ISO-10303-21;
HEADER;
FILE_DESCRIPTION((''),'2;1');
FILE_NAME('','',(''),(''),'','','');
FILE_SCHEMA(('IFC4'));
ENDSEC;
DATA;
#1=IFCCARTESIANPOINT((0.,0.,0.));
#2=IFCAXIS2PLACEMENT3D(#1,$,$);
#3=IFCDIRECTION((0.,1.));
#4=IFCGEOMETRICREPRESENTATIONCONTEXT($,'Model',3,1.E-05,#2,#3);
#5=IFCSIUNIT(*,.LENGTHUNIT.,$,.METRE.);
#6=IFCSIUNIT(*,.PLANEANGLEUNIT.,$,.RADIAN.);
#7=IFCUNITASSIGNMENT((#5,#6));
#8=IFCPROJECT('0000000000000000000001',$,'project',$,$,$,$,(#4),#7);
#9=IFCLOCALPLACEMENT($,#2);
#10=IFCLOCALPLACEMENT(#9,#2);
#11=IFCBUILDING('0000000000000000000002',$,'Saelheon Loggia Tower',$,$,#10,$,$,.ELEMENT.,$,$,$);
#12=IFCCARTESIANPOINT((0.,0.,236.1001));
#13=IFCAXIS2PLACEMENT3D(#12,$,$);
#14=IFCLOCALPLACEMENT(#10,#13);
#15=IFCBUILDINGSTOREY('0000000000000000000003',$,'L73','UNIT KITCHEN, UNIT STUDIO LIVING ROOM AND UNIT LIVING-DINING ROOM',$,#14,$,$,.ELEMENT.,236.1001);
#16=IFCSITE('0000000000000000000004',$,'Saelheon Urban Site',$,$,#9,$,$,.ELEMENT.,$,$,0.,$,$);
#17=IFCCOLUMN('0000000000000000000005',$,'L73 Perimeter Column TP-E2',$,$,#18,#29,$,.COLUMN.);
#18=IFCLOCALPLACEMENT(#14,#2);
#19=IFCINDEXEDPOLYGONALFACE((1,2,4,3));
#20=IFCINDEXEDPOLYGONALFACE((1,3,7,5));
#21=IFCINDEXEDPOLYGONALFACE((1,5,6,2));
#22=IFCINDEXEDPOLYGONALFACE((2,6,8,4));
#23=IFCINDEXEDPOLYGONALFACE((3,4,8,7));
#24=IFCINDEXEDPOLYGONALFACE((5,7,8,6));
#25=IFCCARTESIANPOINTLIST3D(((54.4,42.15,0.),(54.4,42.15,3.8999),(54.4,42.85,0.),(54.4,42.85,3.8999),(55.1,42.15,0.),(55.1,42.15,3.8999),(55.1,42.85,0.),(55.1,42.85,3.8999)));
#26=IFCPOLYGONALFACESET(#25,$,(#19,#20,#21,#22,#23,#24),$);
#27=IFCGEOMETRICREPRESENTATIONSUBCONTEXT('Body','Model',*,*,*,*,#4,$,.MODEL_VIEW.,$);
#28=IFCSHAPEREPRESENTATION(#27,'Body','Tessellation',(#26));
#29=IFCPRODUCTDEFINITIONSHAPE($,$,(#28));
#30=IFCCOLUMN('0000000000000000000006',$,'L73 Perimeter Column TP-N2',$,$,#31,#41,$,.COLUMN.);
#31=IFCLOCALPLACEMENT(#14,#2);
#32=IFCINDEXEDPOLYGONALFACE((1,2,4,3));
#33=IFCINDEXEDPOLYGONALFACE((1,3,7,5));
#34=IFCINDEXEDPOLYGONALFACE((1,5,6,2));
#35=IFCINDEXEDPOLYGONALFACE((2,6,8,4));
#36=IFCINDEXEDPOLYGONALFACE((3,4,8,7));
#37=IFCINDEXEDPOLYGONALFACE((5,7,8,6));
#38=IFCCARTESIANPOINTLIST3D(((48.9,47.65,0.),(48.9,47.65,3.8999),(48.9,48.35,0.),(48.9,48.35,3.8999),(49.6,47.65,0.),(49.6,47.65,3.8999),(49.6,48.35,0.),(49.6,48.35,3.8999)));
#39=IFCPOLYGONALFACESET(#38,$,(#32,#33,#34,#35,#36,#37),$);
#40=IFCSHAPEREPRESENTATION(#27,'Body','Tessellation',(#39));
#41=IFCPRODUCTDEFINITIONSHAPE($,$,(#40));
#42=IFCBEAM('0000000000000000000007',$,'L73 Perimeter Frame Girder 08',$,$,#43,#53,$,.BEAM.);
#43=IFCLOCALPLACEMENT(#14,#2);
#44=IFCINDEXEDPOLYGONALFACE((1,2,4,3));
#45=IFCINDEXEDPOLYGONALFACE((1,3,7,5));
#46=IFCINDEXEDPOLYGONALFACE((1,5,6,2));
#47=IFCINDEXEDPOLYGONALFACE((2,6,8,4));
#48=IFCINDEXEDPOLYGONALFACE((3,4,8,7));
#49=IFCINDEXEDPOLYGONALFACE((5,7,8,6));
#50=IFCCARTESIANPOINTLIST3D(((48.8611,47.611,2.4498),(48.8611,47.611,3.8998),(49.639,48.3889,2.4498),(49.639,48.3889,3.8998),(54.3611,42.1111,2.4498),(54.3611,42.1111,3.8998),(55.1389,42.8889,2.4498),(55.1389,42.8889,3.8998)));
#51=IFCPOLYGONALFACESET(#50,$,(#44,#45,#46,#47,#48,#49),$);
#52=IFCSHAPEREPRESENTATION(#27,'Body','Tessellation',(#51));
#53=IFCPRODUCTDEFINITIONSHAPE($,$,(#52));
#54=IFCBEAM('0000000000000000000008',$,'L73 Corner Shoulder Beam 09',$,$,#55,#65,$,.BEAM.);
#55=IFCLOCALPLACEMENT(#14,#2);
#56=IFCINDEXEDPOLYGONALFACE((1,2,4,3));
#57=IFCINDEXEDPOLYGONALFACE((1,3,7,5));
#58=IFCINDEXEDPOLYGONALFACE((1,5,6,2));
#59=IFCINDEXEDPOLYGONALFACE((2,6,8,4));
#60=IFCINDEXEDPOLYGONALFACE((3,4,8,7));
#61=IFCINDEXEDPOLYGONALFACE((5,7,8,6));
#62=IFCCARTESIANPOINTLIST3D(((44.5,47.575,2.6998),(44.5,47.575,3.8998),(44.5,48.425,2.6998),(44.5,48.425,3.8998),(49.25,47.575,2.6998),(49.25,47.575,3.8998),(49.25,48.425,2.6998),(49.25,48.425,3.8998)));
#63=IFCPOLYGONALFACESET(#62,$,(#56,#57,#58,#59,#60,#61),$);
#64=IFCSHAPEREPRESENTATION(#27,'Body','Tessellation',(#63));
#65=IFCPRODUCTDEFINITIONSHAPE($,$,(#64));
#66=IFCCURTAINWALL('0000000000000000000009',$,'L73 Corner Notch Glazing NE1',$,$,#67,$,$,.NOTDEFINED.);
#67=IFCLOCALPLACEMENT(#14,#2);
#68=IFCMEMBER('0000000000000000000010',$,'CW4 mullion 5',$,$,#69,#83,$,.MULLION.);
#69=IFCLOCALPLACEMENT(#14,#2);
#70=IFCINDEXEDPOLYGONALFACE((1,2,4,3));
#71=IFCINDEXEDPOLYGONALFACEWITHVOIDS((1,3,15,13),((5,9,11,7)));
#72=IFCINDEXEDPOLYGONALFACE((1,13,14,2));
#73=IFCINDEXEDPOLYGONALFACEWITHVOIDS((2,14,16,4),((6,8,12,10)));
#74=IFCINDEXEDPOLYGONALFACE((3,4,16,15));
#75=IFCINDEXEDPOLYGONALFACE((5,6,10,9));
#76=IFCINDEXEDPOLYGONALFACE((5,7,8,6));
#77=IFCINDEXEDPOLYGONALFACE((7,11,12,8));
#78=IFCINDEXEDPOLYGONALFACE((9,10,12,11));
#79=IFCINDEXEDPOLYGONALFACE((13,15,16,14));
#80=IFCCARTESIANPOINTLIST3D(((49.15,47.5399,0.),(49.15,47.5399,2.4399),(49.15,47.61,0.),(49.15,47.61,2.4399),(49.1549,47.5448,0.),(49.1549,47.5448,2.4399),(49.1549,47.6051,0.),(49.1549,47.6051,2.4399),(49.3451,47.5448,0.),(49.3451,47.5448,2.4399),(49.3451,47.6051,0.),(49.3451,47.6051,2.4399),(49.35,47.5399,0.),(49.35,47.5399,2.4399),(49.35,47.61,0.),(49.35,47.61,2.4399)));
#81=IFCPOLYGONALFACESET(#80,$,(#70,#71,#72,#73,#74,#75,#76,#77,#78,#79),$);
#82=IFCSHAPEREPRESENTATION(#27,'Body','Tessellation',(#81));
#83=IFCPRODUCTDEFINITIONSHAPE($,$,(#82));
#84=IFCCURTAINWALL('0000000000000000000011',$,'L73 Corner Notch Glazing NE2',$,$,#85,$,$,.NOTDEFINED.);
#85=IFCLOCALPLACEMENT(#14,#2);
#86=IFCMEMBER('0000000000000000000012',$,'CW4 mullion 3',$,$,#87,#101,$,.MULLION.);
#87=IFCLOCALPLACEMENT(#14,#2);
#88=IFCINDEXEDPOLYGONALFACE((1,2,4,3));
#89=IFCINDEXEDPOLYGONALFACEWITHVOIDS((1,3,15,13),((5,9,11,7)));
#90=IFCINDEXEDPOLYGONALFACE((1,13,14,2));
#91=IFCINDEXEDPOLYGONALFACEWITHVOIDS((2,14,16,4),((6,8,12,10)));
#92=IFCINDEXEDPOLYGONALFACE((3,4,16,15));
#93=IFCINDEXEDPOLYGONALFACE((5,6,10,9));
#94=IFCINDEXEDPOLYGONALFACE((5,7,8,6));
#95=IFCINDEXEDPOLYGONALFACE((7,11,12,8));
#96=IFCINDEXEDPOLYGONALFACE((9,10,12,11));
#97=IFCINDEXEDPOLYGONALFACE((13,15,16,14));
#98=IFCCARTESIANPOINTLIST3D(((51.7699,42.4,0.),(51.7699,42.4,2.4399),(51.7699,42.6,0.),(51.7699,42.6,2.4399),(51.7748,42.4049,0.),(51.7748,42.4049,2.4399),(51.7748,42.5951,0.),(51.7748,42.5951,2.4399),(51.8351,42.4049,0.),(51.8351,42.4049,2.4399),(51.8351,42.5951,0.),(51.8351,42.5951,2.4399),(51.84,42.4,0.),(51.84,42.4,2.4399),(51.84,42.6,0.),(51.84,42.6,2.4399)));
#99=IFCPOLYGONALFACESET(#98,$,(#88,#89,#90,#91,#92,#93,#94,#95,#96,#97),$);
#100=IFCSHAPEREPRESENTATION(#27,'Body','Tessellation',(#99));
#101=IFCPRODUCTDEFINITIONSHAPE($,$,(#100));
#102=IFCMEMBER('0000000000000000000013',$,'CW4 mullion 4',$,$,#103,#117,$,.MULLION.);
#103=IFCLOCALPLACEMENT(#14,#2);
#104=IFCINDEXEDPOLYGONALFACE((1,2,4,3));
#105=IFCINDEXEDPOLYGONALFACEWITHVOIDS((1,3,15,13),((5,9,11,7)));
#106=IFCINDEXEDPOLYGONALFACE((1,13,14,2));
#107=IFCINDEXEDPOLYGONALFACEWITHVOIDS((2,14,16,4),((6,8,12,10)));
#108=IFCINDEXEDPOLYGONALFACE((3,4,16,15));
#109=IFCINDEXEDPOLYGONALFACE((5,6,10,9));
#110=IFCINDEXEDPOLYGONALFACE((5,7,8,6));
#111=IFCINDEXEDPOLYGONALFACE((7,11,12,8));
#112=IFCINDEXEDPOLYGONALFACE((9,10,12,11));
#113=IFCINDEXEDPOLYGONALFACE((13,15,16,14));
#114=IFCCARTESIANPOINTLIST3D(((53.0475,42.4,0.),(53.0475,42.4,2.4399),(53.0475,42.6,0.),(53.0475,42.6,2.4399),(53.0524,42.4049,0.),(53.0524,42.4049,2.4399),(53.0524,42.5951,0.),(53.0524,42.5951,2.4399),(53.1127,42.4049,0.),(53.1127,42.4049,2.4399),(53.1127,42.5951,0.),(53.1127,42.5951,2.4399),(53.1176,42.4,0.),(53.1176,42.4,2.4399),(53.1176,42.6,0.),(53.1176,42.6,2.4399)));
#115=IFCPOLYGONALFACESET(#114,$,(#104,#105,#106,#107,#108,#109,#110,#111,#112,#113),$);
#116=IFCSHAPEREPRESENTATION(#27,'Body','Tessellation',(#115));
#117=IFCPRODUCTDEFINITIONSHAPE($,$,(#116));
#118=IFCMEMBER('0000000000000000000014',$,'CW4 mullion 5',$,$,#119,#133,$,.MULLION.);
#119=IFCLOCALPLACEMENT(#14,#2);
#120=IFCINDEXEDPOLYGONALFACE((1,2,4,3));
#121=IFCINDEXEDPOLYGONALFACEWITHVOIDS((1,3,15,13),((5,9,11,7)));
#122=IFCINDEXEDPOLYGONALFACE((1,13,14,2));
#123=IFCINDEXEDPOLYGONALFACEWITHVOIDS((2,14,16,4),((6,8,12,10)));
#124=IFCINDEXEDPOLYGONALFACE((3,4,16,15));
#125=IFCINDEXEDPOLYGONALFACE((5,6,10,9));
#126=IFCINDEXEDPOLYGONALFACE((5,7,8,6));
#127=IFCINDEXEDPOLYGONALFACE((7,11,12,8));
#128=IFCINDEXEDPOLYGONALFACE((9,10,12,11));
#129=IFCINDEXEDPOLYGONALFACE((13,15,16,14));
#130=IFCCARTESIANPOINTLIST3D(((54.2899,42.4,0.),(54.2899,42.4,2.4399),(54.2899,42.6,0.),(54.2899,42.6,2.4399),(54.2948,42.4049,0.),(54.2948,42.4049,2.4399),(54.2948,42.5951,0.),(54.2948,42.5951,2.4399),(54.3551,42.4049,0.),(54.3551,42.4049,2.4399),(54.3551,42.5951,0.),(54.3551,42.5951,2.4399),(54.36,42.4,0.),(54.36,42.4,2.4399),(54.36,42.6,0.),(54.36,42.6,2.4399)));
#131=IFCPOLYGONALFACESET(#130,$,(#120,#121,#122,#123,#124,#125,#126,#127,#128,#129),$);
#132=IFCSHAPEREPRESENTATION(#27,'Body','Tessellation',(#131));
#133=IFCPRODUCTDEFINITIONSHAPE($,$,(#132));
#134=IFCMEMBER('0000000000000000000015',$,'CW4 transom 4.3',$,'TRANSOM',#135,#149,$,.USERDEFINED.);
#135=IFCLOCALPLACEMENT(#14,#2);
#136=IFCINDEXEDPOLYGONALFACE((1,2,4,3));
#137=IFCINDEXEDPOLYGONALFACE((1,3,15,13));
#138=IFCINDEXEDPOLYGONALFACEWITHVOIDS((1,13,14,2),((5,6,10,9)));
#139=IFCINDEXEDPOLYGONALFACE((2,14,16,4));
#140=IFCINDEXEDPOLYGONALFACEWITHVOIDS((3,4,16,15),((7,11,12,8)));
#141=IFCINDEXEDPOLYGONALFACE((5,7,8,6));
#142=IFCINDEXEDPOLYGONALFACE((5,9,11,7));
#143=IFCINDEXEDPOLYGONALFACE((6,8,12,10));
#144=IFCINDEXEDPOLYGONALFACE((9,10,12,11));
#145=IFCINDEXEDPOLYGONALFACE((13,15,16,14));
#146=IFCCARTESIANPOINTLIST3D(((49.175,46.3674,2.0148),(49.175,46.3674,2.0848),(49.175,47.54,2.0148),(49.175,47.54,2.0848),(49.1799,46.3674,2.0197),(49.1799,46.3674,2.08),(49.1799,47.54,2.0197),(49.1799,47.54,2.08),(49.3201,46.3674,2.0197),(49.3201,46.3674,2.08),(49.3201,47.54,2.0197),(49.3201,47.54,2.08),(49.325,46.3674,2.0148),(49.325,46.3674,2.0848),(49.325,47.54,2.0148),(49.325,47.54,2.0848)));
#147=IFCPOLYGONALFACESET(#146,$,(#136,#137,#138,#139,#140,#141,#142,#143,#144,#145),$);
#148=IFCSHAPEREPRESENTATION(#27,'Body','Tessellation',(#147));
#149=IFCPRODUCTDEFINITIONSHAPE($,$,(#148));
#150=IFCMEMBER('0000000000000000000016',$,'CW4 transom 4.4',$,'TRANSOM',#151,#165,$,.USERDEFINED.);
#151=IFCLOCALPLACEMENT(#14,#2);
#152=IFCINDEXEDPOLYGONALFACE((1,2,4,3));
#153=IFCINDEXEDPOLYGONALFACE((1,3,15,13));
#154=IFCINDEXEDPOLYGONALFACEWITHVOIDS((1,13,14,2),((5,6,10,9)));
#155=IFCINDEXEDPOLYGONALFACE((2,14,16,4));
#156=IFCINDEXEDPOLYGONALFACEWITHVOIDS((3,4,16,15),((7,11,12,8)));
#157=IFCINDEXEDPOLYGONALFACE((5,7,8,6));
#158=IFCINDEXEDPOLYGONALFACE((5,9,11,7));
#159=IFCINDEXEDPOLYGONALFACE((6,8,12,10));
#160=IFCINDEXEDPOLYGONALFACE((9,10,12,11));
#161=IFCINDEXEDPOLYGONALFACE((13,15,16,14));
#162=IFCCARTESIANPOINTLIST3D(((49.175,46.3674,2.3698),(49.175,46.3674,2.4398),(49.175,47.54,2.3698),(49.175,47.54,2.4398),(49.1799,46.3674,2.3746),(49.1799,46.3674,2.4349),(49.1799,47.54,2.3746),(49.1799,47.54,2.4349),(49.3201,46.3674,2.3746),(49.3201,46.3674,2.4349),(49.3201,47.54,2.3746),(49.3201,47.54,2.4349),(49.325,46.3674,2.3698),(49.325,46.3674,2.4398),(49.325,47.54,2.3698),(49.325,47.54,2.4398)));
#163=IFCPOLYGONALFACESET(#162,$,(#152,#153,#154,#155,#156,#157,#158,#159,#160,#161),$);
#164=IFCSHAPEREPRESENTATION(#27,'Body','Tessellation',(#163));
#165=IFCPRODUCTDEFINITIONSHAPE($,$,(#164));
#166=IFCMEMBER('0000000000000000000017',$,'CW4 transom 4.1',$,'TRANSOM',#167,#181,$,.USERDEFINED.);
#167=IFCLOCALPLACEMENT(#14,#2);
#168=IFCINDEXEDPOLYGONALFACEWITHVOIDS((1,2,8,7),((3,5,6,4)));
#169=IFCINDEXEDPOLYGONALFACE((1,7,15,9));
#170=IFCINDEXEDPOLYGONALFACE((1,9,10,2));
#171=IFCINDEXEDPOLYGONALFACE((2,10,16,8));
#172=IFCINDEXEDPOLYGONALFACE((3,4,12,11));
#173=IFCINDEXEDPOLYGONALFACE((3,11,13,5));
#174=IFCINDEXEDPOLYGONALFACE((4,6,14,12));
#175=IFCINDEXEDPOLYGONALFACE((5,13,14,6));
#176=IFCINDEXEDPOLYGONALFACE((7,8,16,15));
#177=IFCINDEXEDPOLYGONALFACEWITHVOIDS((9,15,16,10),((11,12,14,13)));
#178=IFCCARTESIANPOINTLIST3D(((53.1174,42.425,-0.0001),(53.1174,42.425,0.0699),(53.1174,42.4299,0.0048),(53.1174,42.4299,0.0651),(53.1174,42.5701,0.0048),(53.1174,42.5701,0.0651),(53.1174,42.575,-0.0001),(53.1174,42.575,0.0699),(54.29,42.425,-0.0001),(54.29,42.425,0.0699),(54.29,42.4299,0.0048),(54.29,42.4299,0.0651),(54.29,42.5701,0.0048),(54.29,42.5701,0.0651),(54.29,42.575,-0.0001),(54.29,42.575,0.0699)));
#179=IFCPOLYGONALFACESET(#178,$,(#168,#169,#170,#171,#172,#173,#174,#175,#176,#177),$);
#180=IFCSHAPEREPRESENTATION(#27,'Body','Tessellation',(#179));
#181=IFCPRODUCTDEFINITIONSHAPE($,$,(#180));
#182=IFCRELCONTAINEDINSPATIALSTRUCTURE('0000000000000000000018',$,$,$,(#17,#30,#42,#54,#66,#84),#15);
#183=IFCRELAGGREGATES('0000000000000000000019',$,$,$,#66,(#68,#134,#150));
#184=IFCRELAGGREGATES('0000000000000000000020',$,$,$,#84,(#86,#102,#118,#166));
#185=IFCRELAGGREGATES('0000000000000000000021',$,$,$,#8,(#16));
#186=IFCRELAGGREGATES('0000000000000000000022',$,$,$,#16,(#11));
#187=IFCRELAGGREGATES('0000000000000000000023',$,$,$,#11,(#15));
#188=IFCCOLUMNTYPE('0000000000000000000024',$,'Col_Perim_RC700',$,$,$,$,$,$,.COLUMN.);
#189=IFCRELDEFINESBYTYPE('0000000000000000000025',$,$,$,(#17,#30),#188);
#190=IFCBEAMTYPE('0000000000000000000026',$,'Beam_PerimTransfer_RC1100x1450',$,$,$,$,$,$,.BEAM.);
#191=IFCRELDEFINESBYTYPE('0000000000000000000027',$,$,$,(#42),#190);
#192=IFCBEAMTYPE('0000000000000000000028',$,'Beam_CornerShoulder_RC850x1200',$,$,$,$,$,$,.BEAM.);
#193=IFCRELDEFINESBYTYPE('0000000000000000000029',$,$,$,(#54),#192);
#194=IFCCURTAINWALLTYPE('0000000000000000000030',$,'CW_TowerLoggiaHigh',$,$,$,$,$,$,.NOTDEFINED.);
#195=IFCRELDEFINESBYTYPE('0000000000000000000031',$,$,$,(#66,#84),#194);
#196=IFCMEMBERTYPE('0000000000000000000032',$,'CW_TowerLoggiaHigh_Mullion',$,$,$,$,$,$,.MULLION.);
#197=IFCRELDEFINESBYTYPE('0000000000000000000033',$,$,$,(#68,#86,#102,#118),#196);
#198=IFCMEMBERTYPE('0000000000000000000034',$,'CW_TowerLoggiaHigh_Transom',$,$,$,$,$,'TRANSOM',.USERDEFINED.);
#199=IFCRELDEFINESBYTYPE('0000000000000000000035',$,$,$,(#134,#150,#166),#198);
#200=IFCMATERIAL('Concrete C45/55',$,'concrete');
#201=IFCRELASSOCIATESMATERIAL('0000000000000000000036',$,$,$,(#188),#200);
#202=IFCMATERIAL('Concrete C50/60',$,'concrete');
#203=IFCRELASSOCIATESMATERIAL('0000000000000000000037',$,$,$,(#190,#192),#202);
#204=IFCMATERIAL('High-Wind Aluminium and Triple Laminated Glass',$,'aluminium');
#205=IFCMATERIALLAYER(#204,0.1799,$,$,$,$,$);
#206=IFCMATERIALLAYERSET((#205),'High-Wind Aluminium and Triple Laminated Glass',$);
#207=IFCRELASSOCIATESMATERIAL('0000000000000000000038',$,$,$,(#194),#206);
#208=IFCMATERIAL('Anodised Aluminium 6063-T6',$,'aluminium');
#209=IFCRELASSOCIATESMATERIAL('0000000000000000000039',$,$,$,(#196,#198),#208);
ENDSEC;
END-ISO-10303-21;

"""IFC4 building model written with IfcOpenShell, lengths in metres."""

from ifc_helpers import new_model, si_unit, direction, frame, origin, origin_2d, place, context, subcontext, project, spatial, rectangle, hollow_rectangle, extrude, source, transform, mapped, material, layer, layer_set, material_profile, profile_set, type_object, element, aggregate, save


model = new_model("IFC4")

# Units and contexts
model_context = context("Model", 3, precision=1e-05, world=origin(), true_north=direction((0.0, 1.0)))
body_context = subcontext(model_context, "Body", "Model", "MODEL_VIEW")
ifc_project = project(units=[si_unit("LENGTHUNIT", "METRE"), si_unit("PLANEANGLEUNIT", "RADIAN")], contexts=[model_context])

# Site, building, storey
site_placement = place(None, origin())
site = spatial("IfcSite", under=ifc_project, at=site_placement, Name="Saelheon Urban Site", CompositionType="ELEMENT", RefElevation=0.0)
building_placement = place(site_placement, origin())
building = spatial("IfcBuilding", under=site, at=building_placement, Name="Saelheon Loggia Tower", CompositionType="ELEMENT")
storey_placement = place(building_placement, frame((0.0, 0.0, 236.1001)))
storey = spatial("IfcBuildingStorey", under=building, at=storey_placement, Name="L73", Description="UNIT KITCHEN, UNIT STUDIO LIVING ROOM AND UNIT LIVING-DINING ROOM", CompositionType="ELEMENT", Elevation=236.1001)

# Columns
ifc_material_1 = material(Name="Concrete C45/55", Category="concrete")
ifc_material_profile_1 = material_profile(ifc_material_1, rectangle(XDim=0.7, YDim=0.7, at=origin_2d()), Name="RC-700x700")
ifc_profile_set_1 = profile_set([ifc_material_profile_1], Name="Concrete C45/55")
column_type = type_object("IfcColumnType", Name="Col_Perim_RC700", PredefinedType="COLUMN", material=ifc_profile_set_1)
shared_shape_1 = source(origin(), body_context, "Body", "SweptSolid", [
    extrude(rectangle(XDim=0.7, YDim=0.7, at=origin_2d()), origin(), (0.0, 0.0, 1.0), 3.8999),
])
for number, where, z_axis, x_axis, name in (
    (1, (54.75, 42.5, 0.0), (0.0, 0.0, 1.0), (1.0, 0.0, 0.0), "L73 Perimeter Column TP-E2"),
    (2, (49.25, 48.0, 0.0), (0.0, 0.0, 1.0), (1.0, 0.0, 0.0), "L73 Perimeter Column TP-N2"),
):
    element("IfcColumn", number, at=place(storey_placement, frame(where, z_axis=z_axis, x_axis=x_axis)), inside=storey, type_object=column_type, Name=name, PredefinedType="COLUMN", context=body_context, shape_type="MappedRepresentation", body=[
        mapped(shared_shape_1, transform((0.0, 0.0, 0.0), scale=1.0)),
    ])

# Beams
ifc_material_2 = material(Name="Concrete C50/60", Category="concrete")
ifc_material_profile_2 = material_profile(ifc_material_2, rectangle(XDim=1.1001, YDim=1.45, at=origin_2d()), Name="RC-1100x1450")
ifc_profile_set_2 = profile_set([ifc_material_profile_2], Name="Concrete C50/60")
beam_type_1 = type_object("IfcBeamType", Name="Beam_PerimTransfer_RC1100x1450", PredefinedType="BEAM", material=ifc_profile_set_2)
shared_shape_2 = source(origin(), body_context, "Body", "SweptSolid", [
    extrude(rectangle(XDim=1.1001, YDim=1.45, at=origin_2d()), origin(), (0.0, 0.0, 1.0), 7.7781),
])
beam_1_placement = place(storey_placement, frame((54.75, 42.5, 3.1748), z_axis=(-0.707107, 0.707107, 0.0), x_axis=(-0.707107, -0.707107, 0.0)))
element("IfcBeam", 3, at=beam_1_placement, inside=storey, type_object=beam_type_1, Name="L73 Perimeter Frame Girder 08", PredefinedType="BEAM", context=body_context, shape_type="MappedRepresentation", body=[
    mapped(shared_shape_2, transform((0.0, 0.0, 0.0), scale=1.0)),
])
ifc_material_profile_3 = material_profile(ifc_material_2, rectangle(XDim=0.8501, YDim=1.2, at=origin_2d()), Name="RC-850x1200")
ifc_profile_set_3 = profile_set([ifc_material_profile_3], Name="Concrete C50/60")
beam_type_2 = type_object("IfcBeamType", Name="Beam_CornerShoulder_RC850x1200", PredefinedType="BEAM", material=ifc_profile_set_3)
shared_shape_3 = source(origin(), body_context, "Body", "SweptSolid", [
    extrude(rectangle(XDim=0.8501, YDim=1.2, at=origin_2d()), origin(), (0.0, 0.0, 1.0), 4.75),
])
beam_2_placement = place(storey_placement, frame((49.25, 48.0, 3.2998), z_axis=(-1.0, 0.0, 0.0), x_axis=(0.0, -1.0, 0.0)))
element("IfcBeam", 4, at=beam_2_placement, inside=storey, type_object=beam_type_2, Name="L73 Corner Shoulder Beam 09", PredefinedType="BEAM", context=body_context, shape_type="MappedRepresentation", body=[
    mapped(shared_shape_3, transform((0.0, 0.0, 0.0), scale=1.0)),
])

# Curtain wall, member
ifc_material_3 = material(Name="High-Wind Aluminium and Triple Laminated Glass", Category="aluminium")
ifc_layer_1 = layer(ifc_material_3, 0.1799)
ifc_layer_set_1 = layer_set([ifc_layer_1], Name="High-Wind Aluminium and Triple Laminated Glass")
curtain_wall_type = type_object("IfcCurtainWallType", Name="CW_TowerLoggiaHigh", PredefinedType="NOTDEFINED", material=ifc_layer_set_1)
curtain_wall_1_placement = place(storey_placement, origin())
curtain_wall_1 = element("IfcCurtainWall", 5, at=curtain_wall_1_placement, inside=storey, type_object=curtain_wall_type, Name="L73 Corner Notch Glazing NE1", PredefinedType="NOTDEFINED")
ifc_material_4 = material(Name="Anodised Aluminium 6063-T6", Category="aluminium")
ifc_material_profile_4 = material_profile(ifc_material_4, hollow_rectangle(XDim=0.0701, YDim=0.2, WallThickness=0.0049, at=origin_2d()), Name="RHS-200x70x5")
ifc_profile_set_4 = profile_set([ifc_material_profile_4], Name="Anodised Aluminium 6063-T6")
member_type_1 = type_object("IfcMemberType", Name="CW_TowerLoggiaHigh_Mullion", PredefinedType="MULLION", material=ifc_profile_set_4)
shared_shape_4 = source(origin(), body_context, "Body", "SweptSolid", [
    extrude(hollow_rectangle(XDim=0.0701, YDim=0.2, WallThickness=0.0049, at=origin_2d()), origin(), (0.0, 0.0, 1.0), 2.4399),
])
member_1_placement = place(storey_placement, frame((49.25, 47.575, 0.0), z_axis=(0.0, 0.0, 1.0), x_axis=(0.0, 1.0, 0.0)))
member_1 = element("IfcMember", 6, at=member_1_placement, type_object=member_type_1, Name="CW4 mullion 5", PredefinedType="MULLION", context=body_context, shape_type="MappedRepresentation", body=[
    mapped(shared_shape_4, transform((0.0, 0.0, 0.0), scale=1.0)),
])

# Curtain wall, members
curtain_wall_2_placement = place(storey_placement, origin())
curtain_wall_2 = element("IfcCurtainWall", 7, at=curtain_wall_2_placement, inside=storey, type_object=curtain_wall_type, Name="L73 Corner Notch Glazing NE2", PredefinedType="NOTDEFINED")
member_2_placement = place(storey_placement, frame((51.8049, 42.5, 0.0), z_axis=(0.0, 0.0, 1.0), x_axis=(1.0, 0.0, 0.0)))
member_2 = element("IfcMember", 8, at=member_2_placement, type_object=member_type_1, Name="CW4 mullion 3", PredefinedType="MULLION", context=body_context, shape_type="MappedRepresentation", body=[
    mapped(shared_shape_4, transform((0.0, 0.0, 0.0), scale=1.0)),
])
member_3_placement = place(storey_placement, frame((53.0825, 42.5, 0.0), z_axis=(0.0, 0.0, 1.0), x_axis=(1.0, 0.0, 0.0)))
member_3 = element("IfcMember", 9, at=member_3_placement, type_object=member_type_1, Name="CW4 mullion 4", PredefinedType="MULLION", context=body_context, shape_type="MappedRepresentation", body=[
    mapped(shared_shape_4, transform((0.0, 0.0, 0.0), scale=1.0)),
])
member_4_placement = place(storey_placement, frame((54.325, 42.5, 0.0), z_axis=(0.0, 0.0, 1.0), x_axis=(1.0, 0.0, 0.0)))
member_4 = element("IfcMember", 10, at=member_4_placement, type_object=member_type_1, Name="CW4 mullion 5", PredefinedType="MULLION", context=body_context, shape_type="MappedRepresentation", body=[
    mapped(shared_shape_4, transform((0.0, 0.0, 0.0), scale=1.0)),
])

# Members
ifc_material_profile_5 = material_profile(ifc_material_4, hollow_rectangle(XDim=0.0701, YDim=0.1499, WallThickness=0.0049, at=origin_2d()), Name="RHS-150x70x5")
ifc_profile_set_5 = profile_set([ifc_material_profile_5], Name="Anodised Aluminium 6063-T6")
member_type_2 = type_object("IfcMemberType", Name="CW_TowerLoggiaHigh_Transom", ElementType="TRANSOM", PredefinedType="USERDEFINED", material=ifc_profile_set_5)
shared_shape_5 = source(origin(), body_context, "Body", "SweptSolid", [
    extrude(hollow_rectangle(XDim=0.0701, YDim=0.1499, WallThickness=0.0049, at=origin_2d()), origin(), (0.0, 0.0, 1.0), 1.1726),
])
member_5_placement = place(storey_placement, frame((49.25, 46.3674, 2.0498), z_axis=(0.0, 1.0, 0.0), x_axis=(0.0, 0.0, 1.0)))
member_5 = element("IfcMember", 11, at=member_5_placement, type_object=member_type_2, Name="CW4 transom 4.3", ObjectType="TRANSOM", PredefinedType="USERDEFINED", context=body_context, shape_type="MappedRepresentation", body=[
    mapped(shared_shape_5, transform((0.0, 0.0, 0.0), scale=1.0)),
])
member_6_placement = place(storey_placement, frame((49.25, 46.3674, 2.4048), z_axis=(0.0, 1.0, 0.0), x_axis=(0.0, 0.0, 1.0)))
member_6 = element("IfcMember", 12, at=member_6_placement, type_object=member_type_2, Name="CW4 transom 4.4", ObjectType="TRANSOM", PredefinedType="USERDEFINED", context=body_context, shape_type="MappedRepresentation", body=[
    mapped(shared_shape_5, transform((0.0, 0.0, 0.0), scale=1.0)),
])
member_7_placement = place(storey_placement, frame((53.1174, 42.5, 0.0349), z_axis=(1.0, 0.0, 0.0), x_axis=(0.0, 0.0, 1.0)))
member_7 = element("IfcMember", 13, at=member_7_placement, type_object=member_type_2, Name="CW4 transom 4.1", ObjectType="TRANSOM", PredefinedType="USERDEFINED", context=body_context, shape_type="MappedRepresentation", body=[
    mapped(shared_shape_5, transform((0.0, 0.0, 0.0), scale=1.0)),
])

aggregate(curtain_wall_1, [member_1, member_5, member_6])
aggregate(curtain_wall_2, [member_2, member_3, member_4, member_7])

save(model, "model.ifc")
